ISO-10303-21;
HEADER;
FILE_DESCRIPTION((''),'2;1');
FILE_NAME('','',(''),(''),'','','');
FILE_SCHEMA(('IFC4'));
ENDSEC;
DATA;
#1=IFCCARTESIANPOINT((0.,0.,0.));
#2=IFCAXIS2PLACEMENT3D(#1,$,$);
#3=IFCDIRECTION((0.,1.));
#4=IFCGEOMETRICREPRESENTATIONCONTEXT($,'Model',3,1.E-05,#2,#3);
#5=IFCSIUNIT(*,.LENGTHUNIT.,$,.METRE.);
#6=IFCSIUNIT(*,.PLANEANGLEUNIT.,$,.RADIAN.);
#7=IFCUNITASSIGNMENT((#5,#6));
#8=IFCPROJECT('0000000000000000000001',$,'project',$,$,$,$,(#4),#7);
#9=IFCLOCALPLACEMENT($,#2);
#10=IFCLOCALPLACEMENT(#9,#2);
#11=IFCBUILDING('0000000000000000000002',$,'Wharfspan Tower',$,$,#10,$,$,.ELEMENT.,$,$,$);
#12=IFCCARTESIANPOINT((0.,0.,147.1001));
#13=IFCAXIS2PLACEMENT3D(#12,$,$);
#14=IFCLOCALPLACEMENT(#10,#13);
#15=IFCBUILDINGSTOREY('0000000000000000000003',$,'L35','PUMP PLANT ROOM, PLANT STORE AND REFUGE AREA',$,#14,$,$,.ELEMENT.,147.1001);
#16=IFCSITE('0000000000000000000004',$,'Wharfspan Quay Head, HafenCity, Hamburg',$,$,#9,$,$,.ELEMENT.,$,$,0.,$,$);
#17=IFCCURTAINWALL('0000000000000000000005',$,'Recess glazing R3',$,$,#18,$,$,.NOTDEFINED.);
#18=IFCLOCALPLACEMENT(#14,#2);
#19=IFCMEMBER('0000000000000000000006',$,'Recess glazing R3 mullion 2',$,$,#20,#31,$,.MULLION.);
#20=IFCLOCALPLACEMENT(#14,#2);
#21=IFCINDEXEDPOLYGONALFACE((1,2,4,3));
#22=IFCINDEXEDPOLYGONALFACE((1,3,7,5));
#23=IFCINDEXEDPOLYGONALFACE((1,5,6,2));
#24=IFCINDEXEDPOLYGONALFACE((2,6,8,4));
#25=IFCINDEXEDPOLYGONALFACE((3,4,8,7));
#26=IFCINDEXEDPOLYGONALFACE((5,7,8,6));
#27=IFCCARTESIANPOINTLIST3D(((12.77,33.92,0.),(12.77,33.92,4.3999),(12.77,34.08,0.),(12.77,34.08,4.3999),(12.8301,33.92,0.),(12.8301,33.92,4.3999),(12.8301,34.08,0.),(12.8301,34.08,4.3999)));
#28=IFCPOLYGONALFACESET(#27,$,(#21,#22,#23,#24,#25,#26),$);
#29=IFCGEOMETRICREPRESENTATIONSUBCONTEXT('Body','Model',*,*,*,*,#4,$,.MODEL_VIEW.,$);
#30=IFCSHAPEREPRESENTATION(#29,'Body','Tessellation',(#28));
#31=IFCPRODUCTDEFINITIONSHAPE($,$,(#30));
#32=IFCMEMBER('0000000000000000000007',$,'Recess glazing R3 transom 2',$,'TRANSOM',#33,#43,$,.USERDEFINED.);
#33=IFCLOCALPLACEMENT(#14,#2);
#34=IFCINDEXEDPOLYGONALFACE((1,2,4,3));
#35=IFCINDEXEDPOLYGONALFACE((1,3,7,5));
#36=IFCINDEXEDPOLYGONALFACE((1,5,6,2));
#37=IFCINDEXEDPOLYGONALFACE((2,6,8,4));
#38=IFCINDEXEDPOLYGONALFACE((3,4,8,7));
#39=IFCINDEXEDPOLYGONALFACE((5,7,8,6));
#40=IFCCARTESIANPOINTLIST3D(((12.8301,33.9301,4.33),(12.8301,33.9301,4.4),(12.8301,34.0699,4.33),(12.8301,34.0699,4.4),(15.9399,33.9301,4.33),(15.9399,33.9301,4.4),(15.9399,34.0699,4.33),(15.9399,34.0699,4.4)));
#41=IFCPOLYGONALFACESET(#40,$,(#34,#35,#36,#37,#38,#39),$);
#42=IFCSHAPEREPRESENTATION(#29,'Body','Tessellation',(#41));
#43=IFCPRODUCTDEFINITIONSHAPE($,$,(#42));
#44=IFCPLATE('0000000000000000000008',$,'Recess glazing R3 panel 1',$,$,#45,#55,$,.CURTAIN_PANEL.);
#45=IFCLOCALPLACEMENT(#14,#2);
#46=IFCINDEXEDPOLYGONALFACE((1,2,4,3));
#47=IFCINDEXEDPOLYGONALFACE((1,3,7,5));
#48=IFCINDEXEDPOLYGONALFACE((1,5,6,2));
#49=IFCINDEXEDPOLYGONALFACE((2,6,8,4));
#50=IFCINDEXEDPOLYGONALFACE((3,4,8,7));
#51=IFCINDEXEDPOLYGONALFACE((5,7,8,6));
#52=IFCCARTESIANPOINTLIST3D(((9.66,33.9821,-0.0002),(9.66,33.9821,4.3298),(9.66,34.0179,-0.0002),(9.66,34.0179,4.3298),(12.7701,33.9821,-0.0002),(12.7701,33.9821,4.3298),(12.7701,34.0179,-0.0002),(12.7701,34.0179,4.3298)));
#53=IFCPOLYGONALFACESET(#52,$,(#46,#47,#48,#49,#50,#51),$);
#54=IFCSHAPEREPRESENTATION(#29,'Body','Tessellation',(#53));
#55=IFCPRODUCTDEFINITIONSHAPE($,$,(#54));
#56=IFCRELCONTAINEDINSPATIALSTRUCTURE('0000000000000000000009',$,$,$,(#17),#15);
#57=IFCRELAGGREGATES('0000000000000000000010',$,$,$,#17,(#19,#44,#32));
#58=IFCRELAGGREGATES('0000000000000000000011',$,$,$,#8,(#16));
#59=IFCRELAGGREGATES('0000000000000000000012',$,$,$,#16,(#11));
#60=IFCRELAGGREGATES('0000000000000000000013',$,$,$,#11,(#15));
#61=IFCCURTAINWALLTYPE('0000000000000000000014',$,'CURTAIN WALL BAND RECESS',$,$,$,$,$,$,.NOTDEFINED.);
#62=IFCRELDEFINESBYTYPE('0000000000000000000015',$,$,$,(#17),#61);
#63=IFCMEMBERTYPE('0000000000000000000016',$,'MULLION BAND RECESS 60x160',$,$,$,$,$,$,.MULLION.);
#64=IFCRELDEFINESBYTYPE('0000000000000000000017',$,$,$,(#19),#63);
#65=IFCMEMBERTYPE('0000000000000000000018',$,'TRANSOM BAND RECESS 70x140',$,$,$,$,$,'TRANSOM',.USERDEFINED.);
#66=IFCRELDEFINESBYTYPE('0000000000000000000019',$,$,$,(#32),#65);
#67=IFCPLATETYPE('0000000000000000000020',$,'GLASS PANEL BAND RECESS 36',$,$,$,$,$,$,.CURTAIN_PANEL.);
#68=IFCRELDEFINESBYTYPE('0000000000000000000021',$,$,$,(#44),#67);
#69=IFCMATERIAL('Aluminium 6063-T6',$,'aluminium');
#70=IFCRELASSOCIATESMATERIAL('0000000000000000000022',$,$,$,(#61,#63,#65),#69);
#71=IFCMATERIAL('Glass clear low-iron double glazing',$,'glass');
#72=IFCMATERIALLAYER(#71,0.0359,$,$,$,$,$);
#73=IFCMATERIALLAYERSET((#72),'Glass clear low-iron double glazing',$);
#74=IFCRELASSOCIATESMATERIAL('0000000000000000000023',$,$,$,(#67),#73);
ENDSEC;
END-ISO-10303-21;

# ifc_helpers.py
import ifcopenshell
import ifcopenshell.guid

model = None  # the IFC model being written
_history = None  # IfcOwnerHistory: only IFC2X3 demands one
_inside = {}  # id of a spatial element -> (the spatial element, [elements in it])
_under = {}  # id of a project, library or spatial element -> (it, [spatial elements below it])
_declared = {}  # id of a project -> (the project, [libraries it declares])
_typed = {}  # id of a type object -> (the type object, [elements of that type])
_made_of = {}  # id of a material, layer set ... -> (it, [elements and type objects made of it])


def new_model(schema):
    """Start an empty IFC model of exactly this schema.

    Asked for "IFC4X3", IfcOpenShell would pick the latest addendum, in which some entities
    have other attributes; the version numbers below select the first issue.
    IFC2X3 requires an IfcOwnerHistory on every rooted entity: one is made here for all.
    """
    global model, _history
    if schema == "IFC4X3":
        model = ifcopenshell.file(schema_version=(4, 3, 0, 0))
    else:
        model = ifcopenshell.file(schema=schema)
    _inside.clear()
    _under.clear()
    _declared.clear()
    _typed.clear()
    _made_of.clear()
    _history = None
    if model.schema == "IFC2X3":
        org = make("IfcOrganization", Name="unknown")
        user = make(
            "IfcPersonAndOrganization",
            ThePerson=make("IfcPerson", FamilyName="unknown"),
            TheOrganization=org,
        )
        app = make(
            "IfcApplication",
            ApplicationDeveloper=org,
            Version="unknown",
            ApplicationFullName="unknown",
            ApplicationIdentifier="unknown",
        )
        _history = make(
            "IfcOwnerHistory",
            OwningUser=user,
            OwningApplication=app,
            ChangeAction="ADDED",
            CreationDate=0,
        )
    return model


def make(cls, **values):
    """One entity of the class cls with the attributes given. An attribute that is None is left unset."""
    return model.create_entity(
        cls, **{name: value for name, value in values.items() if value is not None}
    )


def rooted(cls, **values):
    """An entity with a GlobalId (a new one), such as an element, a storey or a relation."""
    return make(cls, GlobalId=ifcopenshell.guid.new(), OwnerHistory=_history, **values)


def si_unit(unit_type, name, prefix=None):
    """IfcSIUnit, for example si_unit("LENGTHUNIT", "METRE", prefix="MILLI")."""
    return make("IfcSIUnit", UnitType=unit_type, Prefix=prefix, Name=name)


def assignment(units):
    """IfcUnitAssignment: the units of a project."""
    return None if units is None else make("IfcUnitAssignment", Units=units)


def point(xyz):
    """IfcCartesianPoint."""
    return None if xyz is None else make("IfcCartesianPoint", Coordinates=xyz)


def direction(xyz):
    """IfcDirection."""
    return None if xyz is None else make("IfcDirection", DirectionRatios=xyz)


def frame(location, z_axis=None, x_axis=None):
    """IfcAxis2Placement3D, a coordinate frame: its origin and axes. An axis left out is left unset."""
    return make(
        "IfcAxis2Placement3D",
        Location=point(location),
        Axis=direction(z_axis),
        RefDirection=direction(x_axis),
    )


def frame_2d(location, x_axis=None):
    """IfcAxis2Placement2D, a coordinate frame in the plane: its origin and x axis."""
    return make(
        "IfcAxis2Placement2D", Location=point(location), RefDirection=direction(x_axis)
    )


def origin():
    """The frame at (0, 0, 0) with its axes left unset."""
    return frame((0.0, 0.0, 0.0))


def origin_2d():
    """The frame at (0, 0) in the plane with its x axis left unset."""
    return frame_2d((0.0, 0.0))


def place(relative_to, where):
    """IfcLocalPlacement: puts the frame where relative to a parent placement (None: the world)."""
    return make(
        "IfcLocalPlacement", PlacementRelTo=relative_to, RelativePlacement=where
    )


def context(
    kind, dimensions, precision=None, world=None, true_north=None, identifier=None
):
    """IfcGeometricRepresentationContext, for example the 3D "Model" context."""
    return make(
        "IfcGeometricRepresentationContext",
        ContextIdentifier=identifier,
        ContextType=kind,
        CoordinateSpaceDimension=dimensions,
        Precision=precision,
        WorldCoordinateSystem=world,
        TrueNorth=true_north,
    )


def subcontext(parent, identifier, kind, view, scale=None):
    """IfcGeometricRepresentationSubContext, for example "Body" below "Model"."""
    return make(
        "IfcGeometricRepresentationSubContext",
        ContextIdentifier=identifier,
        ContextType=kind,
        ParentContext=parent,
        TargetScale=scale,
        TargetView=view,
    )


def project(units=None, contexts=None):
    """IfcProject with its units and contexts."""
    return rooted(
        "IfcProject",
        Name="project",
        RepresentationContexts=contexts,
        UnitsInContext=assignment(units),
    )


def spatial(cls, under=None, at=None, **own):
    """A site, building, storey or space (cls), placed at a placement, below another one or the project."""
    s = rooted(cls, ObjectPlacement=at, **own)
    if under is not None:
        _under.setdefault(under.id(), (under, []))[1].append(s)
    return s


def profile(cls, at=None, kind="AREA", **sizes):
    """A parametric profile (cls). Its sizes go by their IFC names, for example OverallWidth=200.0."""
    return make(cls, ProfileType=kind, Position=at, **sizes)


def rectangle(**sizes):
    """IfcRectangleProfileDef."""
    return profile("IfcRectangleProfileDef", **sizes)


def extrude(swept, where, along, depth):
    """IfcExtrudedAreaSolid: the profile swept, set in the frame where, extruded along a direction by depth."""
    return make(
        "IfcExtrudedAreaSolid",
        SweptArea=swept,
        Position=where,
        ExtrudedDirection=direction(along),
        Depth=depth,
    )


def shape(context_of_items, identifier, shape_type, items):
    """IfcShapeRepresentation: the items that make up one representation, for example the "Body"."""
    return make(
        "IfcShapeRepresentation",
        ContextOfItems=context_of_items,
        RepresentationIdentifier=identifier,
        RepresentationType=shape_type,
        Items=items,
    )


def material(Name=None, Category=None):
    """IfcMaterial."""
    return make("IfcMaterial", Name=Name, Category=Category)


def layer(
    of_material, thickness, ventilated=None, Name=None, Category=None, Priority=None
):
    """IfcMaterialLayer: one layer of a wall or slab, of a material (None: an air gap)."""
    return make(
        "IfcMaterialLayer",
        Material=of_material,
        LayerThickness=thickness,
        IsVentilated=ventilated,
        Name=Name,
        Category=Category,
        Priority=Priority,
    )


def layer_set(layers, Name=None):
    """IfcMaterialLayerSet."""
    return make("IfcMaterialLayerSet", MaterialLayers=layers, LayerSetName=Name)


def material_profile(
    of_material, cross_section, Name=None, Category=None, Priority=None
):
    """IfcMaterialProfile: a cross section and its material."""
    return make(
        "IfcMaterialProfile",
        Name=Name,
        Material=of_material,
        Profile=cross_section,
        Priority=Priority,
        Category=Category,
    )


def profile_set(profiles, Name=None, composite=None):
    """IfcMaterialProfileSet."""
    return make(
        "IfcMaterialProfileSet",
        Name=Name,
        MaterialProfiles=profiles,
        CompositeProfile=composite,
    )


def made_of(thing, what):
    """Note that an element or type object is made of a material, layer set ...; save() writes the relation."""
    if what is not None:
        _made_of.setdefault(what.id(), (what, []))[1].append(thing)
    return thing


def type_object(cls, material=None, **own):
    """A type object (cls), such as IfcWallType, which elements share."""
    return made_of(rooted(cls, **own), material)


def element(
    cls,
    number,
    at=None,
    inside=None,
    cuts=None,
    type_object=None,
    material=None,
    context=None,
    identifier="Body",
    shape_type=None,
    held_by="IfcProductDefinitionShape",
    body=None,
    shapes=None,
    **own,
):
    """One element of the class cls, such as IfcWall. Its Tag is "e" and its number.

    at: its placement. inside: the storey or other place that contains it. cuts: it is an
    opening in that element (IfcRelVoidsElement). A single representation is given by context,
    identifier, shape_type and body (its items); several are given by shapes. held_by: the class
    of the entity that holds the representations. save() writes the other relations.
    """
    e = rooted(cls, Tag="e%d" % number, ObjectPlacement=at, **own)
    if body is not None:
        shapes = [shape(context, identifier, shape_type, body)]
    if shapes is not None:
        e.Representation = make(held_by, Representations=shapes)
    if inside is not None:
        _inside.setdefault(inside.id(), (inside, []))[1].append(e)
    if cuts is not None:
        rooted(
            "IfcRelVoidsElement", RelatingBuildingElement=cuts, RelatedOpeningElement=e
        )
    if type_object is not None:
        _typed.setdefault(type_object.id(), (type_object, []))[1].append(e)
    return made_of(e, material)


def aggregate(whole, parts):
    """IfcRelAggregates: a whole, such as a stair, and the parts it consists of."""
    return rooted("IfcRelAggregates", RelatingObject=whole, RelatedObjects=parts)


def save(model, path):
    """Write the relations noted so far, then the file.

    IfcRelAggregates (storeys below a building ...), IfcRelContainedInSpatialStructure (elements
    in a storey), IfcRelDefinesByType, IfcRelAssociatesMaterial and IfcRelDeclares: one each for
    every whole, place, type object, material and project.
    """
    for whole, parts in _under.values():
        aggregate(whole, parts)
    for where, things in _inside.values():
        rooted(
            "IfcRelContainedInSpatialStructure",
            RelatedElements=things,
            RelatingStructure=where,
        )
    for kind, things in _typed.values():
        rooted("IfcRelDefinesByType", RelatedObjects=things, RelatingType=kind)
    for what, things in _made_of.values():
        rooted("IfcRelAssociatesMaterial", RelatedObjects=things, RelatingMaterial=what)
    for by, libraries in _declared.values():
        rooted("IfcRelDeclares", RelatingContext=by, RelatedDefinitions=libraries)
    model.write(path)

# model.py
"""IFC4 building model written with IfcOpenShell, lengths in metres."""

from ifc_helpers import new_model, si_unit, direction, frame, origin, origin_2d, place, context, subcontext, project, spatial, rectangle, extrude, material, layer, layer_set, material_profile, profile_set, type_object, element, aggregate, save


model = new_model("IFC4")

# Units and contexts
model_context = context("Model", 3, precision=1e-05, world=origin(), true_north=direction((0.0, 1.0)))
body_context = subcontext(model_context, "Body", "Model", "MODEL_VIEW")
ifc_project = project(units=[si_unit("LENGTHUNIT", "METRE"), si_unit("PLANEANGLEUNIT", "RADIAN")], contexts=[model_context])

# Site, building, storey
site_placement = place(None, origin())
site = spatial("IfcSite", under=ifc_project, at=site_placement, Name="Wharfspan Quay Head, HafenCity, Hamburg", CompositionType="ELEMENT", RefElevation=0.0)
building_placement = place(site_placement, origin())
building = spatial("IfcBuilding", under=site, at=building_placement, Name="Wharfspan Tower", CompositionType="ELEMENT")
storey_placement = place(building_placement, frame((0.0, 0.0, 147.1001)))
storey = spatial("IfcBuildingStorey", under=building, at=storey_placement, Name="L35", Description="PUMP PLANT ROOM, PLANT STORE AND REFUGE AREA", CompositionType="ELEMENT", Elevation=147.1001)

# Curtain wall, members, plate
ifc_material_1 = material(Name="Aluminium 6063-T6", Category="aluminium")
curtain_wall_type = type_object("IfcCurtainWallType", Name="CURTAIN WALL BAND RECESS", PredefinedType="NOTDEFINED", material=ifc_material_1)
curtain_wall_placement = place(storey_placement, origin())
curtain_wall = element("IfcCurtainWall", 1, at=curtain_wall_placement, inside=storey, type_object=curtain_wall_type, Name="Recess glazing R3", PredefinedType="NOTDEFINED")
ifc_material_profile_1 = material_profile(ifc_material_1, rectangle(XDim=0.1599, YDim=0.0601, at=origin_2d()))
ifc_profile_set_1 = profile_set([ifc_material_profile_1], Name="Aluminium 6063-T6")
member_type_1 = type_object("IfcMemberType", Name="MULLION BAND RECESS 60x160", PredefinedType="MULLION", material=ifc_profile_set_1)
member_1_placement = place(storey_placement, frame((12.8, 34.0, 0.0), z_axis=(0.0, 0.0, 1.0), x_axis=(0.0, 1.0, 0.0)))
member_1 = element("IfcMember", 2, at=member_1_placement, type_object=member_type_1, Name="Recess glazing R3 mullion 2", PredefinedType="MULLION", context=body_context, shape_type="SweptSolid", body=[
    extrude(rectangle(XDim=0.1599, YDim=0.0601, at=origin_2d()), origin(), (0.0, 0.0, 1.0), 4.3999),
])
ifc_material_profile_2 = material_profile(ifc_material_1, rectangle(XDim=0.1399, YDim=0.0701, at=origin_2d()))
ifc_profile_set_2 = profile_set([ifc_material_profile_2], Name="Aluminium 6063-T6")
member_type_2 = type_object("IfcMemberType", Name="TRANSOM BAND RECESS 70x140", ElementType="TRANSOM", PredefinedType="USERDEFINED", material=ifc_profile_set_2)
member_2_placement = place(storey_placement, frame((12.8301, 34.0, 4.365), z_axis=(1.0, 0.0, 0.0), x_axis=(0.0, 1.0, 0.0)))
member_2 = element("IfcMember", 3, at=member_2_placement, type_object=member_type_2, Name="Recess glazing R3 transom 2", ObjectType="TRANSOM", PredefinedType="USERDEFINED", context=body_context, shape_type="SweptSolid", body=[
    extrude(rectangle(XDim=0.1399, YDim=0.0701, at=origin_2d()), origin(), (0.0, 0.0, 1.0), 3.1099),
])
ifc_material_2 = material(Name="Glass clear low-iron double glazing", Category="glass")
ifc_layer = layer(ifc_material_2, 0.0359)
ifc_layer_set = layer_set([ifc_layer], Name="Glass clear low-iron double glazing")
plate_type = type_object("IfcPlateType", Name="GLASS PANEL BAND RECESS 36", PredefinedType="CURTAIN_PANEL", material=ifc_layer_set)
plate_placement = place(storey_placement, frame((11.2151, 34.0, -0.0002), z_axis=(0.0, 0.0, 1.0), x_axis=(1.0, 0.0, 0.0)))
plate = element("IfcPlate", 4, at=plate_placement, type_object=plate_type, Name="Recess glazing R3 panel 1", PredefinedType="CURTAIN_PANEL", context=body_context, shape_type="SweptSolid", body=[
    extrude(rectangle(XDim=3.1101, YDim=0.0359, at=origin_2d()), origin(), (0.0, 0.0, 1.0), 4.3301),
])
aggregate(curtain_wall, [member_1, plate, member_2])

save(model, "model.ifc")
